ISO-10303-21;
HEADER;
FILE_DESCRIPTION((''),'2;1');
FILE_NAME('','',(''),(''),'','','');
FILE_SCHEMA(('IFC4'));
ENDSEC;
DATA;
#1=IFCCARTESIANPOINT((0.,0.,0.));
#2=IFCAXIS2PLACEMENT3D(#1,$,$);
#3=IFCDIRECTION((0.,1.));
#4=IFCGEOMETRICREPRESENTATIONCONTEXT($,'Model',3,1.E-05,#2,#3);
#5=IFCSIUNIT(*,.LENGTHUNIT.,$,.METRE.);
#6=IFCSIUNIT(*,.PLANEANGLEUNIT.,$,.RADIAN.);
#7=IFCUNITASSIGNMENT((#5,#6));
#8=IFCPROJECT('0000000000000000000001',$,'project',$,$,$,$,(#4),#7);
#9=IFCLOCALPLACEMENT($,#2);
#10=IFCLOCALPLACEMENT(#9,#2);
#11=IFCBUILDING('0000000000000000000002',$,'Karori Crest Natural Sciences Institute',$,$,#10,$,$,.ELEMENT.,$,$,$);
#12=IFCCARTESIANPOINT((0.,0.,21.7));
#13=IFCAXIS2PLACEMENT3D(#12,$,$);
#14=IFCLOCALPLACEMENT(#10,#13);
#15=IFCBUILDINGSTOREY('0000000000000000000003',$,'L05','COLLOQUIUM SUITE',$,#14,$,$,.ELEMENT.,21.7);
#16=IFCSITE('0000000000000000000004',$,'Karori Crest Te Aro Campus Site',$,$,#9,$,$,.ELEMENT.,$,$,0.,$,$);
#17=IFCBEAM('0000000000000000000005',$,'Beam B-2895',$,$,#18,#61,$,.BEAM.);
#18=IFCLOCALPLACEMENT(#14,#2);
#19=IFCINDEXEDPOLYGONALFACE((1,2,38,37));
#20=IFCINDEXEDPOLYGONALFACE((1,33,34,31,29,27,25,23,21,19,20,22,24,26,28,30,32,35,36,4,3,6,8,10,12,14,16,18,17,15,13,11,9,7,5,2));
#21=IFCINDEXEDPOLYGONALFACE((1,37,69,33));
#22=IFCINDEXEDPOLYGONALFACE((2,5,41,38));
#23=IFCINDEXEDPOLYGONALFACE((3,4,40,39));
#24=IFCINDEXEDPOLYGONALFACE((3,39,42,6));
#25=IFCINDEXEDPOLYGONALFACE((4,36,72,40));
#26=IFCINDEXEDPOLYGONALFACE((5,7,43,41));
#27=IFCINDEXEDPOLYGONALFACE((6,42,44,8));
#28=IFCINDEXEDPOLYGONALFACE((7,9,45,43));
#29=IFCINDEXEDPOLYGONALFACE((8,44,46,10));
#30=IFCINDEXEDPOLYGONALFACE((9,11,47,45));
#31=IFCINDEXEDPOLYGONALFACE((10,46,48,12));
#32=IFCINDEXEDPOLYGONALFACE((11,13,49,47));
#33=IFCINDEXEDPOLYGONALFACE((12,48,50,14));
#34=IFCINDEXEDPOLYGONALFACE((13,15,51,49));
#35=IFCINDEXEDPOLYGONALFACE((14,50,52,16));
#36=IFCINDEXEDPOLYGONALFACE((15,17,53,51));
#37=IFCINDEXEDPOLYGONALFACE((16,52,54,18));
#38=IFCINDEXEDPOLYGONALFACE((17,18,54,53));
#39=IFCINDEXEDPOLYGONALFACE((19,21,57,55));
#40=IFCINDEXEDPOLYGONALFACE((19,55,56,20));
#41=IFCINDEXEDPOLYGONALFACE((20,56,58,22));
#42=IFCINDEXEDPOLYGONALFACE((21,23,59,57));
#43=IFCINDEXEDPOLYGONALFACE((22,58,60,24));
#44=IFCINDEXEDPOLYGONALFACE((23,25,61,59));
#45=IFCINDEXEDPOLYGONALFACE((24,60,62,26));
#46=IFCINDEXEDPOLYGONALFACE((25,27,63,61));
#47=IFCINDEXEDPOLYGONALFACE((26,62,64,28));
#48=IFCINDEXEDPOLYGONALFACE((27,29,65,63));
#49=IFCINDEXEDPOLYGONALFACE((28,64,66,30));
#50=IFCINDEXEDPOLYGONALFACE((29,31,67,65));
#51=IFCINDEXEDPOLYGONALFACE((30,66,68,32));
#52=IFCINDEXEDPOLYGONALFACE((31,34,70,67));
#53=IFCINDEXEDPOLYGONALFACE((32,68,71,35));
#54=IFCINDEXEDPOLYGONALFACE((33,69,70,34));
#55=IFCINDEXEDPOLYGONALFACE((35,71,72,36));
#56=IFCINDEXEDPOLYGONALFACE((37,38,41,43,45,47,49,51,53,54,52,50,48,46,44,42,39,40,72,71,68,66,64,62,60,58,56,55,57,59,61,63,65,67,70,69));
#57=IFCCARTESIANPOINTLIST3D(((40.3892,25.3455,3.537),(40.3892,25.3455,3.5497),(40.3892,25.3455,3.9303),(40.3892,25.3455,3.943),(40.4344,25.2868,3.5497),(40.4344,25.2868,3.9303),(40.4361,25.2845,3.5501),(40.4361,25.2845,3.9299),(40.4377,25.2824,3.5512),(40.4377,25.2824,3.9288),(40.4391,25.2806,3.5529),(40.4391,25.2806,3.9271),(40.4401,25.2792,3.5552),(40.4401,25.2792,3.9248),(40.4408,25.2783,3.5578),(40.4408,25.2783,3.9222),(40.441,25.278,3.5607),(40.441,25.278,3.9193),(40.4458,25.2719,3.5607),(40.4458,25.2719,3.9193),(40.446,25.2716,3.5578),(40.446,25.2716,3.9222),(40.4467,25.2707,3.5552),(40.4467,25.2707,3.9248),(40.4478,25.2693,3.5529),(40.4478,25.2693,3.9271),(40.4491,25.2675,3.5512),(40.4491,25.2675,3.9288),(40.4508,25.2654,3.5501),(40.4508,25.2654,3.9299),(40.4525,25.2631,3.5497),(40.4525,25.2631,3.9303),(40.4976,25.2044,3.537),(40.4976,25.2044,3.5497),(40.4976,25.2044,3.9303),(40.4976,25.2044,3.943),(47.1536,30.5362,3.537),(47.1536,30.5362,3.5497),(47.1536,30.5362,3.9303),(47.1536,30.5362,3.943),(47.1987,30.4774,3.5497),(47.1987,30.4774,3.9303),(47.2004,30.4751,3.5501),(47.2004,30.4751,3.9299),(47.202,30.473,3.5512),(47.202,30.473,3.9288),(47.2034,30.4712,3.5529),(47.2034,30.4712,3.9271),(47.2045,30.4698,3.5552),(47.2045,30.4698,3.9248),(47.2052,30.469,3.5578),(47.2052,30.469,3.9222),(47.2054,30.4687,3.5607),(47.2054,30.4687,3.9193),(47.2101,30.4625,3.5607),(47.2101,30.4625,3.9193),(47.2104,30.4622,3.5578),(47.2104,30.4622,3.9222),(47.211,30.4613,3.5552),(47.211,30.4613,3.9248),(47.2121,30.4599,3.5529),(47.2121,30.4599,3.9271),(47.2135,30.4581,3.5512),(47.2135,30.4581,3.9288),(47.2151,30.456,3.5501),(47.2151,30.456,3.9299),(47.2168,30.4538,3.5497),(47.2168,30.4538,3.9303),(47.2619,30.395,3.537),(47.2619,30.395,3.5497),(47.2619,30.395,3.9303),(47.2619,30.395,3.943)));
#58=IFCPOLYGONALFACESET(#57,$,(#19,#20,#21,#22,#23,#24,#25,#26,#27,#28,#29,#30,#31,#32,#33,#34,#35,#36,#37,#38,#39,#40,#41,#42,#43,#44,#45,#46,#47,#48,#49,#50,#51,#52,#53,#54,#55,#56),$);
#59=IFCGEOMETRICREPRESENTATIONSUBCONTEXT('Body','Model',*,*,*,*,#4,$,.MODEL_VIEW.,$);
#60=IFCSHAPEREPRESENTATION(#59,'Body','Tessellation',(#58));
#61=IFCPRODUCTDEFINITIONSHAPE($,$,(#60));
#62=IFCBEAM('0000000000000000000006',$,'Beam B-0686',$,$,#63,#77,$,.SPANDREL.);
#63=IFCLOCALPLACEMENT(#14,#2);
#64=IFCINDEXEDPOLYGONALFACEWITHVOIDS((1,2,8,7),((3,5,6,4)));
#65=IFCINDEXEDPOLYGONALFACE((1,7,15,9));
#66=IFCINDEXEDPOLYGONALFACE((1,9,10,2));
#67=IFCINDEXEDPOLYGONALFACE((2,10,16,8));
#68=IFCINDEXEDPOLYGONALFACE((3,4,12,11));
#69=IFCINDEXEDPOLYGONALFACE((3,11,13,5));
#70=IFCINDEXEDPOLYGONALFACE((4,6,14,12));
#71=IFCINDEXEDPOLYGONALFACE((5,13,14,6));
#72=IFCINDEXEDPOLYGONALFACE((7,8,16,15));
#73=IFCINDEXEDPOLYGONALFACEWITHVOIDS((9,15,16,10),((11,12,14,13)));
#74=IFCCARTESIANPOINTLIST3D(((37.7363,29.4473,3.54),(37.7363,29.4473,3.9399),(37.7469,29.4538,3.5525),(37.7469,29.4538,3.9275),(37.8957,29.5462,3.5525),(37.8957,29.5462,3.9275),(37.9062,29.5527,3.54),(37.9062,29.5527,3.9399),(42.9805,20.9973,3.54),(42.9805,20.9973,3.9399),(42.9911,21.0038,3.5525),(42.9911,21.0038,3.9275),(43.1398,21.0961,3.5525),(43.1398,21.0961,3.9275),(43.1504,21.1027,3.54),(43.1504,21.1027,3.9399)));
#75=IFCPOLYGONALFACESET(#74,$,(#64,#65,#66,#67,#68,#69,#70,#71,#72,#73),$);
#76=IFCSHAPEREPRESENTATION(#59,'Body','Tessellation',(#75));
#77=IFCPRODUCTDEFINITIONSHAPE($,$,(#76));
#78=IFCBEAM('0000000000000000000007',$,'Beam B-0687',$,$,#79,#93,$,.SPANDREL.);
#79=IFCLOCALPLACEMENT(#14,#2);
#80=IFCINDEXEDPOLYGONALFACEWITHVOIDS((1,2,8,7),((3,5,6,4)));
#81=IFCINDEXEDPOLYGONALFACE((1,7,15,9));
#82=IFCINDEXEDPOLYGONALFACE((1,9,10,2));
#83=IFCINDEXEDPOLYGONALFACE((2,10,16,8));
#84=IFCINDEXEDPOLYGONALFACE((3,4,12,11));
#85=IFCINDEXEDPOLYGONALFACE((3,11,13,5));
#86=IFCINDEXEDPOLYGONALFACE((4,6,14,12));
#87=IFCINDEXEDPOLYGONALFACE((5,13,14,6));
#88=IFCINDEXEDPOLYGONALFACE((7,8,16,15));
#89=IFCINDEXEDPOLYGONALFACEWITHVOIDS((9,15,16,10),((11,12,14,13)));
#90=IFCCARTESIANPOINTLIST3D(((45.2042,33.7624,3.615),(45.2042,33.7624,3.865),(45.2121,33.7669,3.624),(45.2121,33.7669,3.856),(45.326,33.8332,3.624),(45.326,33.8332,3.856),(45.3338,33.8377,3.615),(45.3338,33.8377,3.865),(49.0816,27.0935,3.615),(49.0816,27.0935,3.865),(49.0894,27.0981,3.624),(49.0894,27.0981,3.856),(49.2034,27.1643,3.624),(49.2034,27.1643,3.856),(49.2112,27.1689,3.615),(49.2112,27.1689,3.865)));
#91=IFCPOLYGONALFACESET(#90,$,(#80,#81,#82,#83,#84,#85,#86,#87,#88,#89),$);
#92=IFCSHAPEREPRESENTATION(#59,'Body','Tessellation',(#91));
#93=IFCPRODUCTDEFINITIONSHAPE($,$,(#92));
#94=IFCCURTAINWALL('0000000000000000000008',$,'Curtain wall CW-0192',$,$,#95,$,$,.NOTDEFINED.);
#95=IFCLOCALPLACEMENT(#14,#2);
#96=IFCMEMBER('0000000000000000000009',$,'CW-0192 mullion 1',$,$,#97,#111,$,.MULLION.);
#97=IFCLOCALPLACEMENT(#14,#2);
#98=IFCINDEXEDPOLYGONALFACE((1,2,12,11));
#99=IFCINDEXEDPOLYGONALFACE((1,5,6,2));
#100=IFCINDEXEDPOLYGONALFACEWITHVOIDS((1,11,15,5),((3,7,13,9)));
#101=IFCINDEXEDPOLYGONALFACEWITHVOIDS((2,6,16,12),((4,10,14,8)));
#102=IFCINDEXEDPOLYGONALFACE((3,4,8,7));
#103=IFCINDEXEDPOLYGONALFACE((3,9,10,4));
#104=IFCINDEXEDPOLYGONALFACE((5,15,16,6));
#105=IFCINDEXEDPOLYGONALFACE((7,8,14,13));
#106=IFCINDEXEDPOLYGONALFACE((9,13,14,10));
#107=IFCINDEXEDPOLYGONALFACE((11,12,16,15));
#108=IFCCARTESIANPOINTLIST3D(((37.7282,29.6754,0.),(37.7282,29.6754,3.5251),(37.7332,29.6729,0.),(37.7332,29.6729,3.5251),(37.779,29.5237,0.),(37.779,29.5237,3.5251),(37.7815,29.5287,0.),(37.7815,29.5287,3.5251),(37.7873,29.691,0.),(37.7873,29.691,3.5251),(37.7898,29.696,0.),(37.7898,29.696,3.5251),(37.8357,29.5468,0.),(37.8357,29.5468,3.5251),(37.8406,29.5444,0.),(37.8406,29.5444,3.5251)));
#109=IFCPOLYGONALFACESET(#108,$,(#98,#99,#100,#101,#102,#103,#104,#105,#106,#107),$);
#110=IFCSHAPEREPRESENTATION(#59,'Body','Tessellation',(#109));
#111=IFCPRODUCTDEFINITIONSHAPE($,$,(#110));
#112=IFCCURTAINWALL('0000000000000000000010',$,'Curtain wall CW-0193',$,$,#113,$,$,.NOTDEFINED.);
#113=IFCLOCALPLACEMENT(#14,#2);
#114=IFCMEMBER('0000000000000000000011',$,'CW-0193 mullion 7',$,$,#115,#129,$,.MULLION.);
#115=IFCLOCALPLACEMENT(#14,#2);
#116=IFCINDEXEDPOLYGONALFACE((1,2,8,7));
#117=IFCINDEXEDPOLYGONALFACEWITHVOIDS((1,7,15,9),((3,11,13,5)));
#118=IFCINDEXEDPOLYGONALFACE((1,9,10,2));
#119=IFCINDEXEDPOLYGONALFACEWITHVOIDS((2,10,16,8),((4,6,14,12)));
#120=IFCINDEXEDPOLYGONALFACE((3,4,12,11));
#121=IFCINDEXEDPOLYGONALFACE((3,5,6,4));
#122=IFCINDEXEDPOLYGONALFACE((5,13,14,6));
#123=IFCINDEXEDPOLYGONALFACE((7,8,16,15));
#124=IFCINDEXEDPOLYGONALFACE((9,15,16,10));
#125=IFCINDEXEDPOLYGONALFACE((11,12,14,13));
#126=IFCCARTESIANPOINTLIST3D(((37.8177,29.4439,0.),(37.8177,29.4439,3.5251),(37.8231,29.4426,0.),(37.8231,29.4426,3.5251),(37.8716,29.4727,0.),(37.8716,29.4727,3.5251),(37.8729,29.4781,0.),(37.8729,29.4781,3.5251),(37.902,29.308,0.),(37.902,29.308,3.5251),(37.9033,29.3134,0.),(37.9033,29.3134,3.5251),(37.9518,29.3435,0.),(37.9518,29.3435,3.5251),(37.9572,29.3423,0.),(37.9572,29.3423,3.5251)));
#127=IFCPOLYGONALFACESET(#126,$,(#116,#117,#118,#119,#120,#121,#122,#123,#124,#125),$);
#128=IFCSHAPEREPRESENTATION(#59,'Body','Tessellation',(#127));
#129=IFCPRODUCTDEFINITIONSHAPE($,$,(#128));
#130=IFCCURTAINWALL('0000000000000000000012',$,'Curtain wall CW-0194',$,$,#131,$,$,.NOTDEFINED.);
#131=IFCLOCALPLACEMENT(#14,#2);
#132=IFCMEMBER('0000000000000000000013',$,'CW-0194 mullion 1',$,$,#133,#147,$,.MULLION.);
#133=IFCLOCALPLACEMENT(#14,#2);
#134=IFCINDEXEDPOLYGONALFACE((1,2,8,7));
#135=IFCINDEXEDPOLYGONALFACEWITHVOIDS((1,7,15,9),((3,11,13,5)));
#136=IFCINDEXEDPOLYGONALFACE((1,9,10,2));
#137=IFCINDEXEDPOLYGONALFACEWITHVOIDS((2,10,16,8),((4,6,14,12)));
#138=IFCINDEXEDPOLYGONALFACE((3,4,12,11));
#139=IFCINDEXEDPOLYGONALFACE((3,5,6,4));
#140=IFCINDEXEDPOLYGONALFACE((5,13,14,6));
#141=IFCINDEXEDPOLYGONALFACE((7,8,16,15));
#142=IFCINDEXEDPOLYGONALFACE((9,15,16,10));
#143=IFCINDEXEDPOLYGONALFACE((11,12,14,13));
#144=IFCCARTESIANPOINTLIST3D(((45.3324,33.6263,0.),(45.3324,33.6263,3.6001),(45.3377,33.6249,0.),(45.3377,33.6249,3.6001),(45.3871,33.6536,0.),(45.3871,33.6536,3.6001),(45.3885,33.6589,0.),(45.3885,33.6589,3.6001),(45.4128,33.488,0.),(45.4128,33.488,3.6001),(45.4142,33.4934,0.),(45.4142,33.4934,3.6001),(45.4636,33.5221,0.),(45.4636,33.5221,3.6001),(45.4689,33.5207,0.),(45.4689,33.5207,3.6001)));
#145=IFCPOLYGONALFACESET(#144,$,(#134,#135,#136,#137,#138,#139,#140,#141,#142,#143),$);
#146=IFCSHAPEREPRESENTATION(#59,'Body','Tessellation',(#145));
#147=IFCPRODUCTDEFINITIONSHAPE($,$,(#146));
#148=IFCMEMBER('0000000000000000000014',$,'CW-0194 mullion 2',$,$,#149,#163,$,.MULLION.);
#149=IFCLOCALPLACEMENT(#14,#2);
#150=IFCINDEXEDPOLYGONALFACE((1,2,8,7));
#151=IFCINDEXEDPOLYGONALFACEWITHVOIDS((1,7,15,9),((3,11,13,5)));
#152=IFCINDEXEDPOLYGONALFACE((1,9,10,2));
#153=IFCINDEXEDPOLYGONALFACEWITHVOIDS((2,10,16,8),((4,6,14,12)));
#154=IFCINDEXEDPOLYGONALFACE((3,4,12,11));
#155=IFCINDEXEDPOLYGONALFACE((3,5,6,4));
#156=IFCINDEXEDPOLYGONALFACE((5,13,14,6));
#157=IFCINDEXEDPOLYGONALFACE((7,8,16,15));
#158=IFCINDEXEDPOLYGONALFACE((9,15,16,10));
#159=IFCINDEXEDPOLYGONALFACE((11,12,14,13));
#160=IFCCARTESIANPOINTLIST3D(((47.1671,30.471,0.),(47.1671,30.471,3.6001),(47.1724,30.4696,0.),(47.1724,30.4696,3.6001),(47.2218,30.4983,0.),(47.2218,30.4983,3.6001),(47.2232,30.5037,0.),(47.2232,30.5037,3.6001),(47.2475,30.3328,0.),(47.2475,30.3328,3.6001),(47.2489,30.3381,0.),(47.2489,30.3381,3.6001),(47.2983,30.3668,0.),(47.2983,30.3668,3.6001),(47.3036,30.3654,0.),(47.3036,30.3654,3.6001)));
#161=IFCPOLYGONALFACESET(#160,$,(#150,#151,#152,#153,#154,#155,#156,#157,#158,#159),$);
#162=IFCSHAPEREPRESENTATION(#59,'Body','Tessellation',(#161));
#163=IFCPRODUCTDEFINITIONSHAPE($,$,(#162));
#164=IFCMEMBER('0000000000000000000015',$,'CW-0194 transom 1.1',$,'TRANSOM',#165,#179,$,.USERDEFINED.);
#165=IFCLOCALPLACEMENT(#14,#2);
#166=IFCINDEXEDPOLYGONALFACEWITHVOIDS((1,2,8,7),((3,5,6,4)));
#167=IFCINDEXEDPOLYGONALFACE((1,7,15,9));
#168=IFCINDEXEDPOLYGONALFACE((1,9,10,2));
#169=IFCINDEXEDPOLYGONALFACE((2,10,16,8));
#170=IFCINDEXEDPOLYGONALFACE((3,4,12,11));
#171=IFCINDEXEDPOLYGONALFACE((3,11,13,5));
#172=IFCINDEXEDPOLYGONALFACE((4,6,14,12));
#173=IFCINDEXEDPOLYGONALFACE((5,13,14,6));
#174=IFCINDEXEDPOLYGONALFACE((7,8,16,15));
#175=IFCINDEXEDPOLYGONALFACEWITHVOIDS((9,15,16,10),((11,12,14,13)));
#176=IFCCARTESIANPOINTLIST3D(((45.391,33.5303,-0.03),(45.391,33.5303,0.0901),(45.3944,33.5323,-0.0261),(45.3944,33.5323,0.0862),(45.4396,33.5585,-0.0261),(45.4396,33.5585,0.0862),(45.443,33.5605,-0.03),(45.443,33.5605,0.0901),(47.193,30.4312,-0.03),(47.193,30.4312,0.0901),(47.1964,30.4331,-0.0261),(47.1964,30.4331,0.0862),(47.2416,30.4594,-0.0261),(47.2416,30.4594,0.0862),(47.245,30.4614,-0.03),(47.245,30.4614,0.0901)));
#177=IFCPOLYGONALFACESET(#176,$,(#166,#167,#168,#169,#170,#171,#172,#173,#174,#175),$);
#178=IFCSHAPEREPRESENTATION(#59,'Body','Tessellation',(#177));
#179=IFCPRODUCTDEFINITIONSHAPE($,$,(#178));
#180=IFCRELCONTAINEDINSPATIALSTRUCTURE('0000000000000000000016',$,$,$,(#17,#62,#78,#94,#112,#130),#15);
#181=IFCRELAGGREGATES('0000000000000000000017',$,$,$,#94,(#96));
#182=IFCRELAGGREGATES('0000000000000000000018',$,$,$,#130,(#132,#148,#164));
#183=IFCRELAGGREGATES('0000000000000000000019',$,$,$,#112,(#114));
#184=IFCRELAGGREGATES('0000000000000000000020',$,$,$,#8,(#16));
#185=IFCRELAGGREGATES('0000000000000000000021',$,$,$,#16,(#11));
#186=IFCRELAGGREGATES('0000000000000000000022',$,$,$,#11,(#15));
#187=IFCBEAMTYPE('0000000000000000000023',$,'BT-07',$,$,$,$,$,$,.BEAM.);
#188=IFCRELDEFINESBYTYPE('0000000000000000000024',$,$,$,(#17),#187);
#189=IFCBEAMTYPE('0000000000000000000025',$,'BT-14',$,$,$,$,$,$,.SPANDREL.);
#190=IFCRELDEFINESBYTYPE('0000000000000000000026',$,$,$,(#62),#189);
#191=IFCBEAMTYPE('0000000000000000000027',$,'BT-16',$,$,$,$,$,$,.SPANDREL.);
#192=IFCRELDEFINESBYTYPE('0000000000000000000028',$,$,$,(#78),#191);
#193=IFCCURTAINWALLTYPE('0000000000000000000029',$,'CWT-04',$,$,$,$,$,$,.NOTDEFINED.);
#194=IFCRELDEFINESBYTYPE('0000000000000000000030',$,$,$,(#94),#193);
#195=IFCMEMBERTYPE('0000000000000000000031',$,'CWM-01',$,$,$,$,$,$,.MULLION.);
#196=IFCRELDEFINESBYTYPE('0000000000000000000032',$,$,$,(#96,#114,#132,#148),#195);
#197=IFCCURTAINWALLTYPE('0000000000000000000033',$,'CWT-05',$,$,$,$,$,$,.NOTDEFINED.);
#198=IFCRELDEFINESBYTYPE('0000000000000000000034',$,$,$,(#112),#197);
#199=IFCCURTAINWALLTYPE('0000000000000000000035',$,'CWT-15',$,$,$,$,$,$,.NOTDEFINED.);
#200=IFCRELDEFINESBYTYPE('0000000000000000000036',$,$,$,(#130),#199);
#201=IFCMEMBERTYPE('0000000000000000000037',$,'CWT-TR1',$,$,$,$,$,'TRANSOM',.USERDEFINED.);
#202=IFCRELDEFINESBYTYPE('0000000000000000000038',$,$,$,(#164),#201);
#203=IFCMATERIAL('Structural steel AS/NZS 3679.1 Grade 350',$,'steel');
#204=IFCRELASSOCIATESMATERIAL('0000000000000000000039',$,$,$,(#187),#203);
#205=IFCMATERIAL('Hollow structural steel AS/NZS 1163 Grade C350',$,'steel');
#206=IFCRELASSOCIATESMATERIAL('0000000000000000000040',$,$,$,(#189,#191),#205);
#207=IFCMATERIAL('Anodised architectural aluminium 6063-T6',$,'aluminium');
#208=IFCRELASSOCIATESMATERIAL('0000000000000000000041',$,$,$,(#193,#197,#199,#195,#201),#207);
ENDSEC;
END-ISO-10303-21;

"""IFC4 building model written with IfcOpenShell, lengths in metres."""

from ifc_helpers import new_model, si_unit, direction, frame, origin, origin_2d, place, context, subcontext, project, spatial, hollow_rectangle, i_section, extrude, material, material_profile, profile_set, type_object, element, aggregate, save


model = new_model("IFC4")

# Units and contexts
model_context = context("Model", 3, precision=1e-05, world=origin(), true_north=direction((0.0, 1.0)))
body_context = subcontext(model_context, "Body", "Model", "MODEL_VIEW")
ifc_project = project(units=[si_unit("LENGTHUNIT", "METRE"), si_unit("PLANEANGLEUNIT", "RADIAN")], contexts=[model_context])

# Site, building, storey
site_placement = place(None, origin())
site = spatial("IfcSite", under=ifc_project, at=site_placement, Name="Karori Crest Te Aro Campus Site", CompositionType="ELEMENT", RefElevation=0.0)
building_placement = place(site_placement, origin())
building = spatial("IfcBuilding", under=site, at=building_placement, Name="Karori Crest Natural Sciences Institute", CompositionType="ELEMENT")
storey_placement = place(building_placement, frame((0.0, 0.0, 21.7)))
storey = spatial("IfcBuildingStorey", under=building, at=storey_placement, Name="L05", Description="COLLOQUIUM SUITE", CompositionType="ELEMENT", Elevation=21.7)

# Shared definitions
ifc_material_1 = material(Name="Structural steel AS/NZS 3679.1 Grade 350", Category="steel")

# Beams
ifc_material_profile_1 = material_profile(ifc_material_1, i_section(OverallWidth=0.178, OverallDepth=0.406, WebThickness=0.0078, FlangeThickness=0.0127, FilletRadius=0.011, at=origin_2d()), Name="410UB59.7")
ifc_profile_set_1 = profile_set([ifc_material_profile_1], Name="Structural steel AS/NZS 3679.1 Grade 350")
beam_type_1 = type_object("IfcBeamType", Name="BT-07", PredefinedType="BEAM", material=ifc_profile_set_1)
for number, where, z_axis, x_axis, name in (
    (1, (47.2078, 30.4656, 3.74), (-0.793344, -0.608774, 0.0), (0.608774, -0.793344, 0.0), "Beam B-2895"),
):
    element("IfcBeam", number, at=place(storey_placement, frame(where, z_axis=z_axis, x_axis=x_axis)), inside=storey, type_object=beam_type_1, Name=name, PredefinedType="BEAM", context=body_context, shape_type="SweptSolid", body=[
        extrude(i_section(OverallWidth=0.178, OverallDepth=0.406, WebThickness=0.0078, FlangeThickness=0.0127, FilletRadius=0.011, at=origin_2d()), origin(), (0.0, 0.0, 1.0), 8.5264),
    ])
ifc_material_2 = material(Name="Hollow structural steel AS/NZS 1163 Grade C350", Category="steel")
ifc_material_profile_2 = material_profile(ifc_material_2, hollow_rectangle(XDim=0.2, YDim=0.3999, WallThickness=0.0125, at=origin_2d()), Name="RHS400x200x12.5")
ifc_profile_set_2 = profile_set([ifc_material_profile_2], Name="Hollow structural steel AS/NZS 1163 Grade C350")
beam_type_2 = type_object("IfcBeamType", Name="BT-14", PredefinedType="SPANDREL", material=ifc_profile_set_2)
beam_1_placement = place(storey_placement, frame((37.8213, 29.5, 3.74), z_axis=(0.527315, -0.84967, 0.0), x_axis=(0.84967, 0.527315, 0.0)))
element("IfcBeam", 2, at=beam_1_placement, inside=storey, type_object=beam_type_2, Name="Beam B-0686", PredefinedType="SPANDREL", context=body_context, shape_type="SweptSolid", body=[
    extrude(hollow_rectangle(XDim=0.2, YDim=0.3999, WallThickness=0.0125, at=origin_2d()), origin(), (0.0, 0.0, 1.0), 9.9451),
])
ifc_material_profile_3 = material_profile(ifc_material_2, hollow_rectangle(XDim=0.1499, YDim=0.25, WallThickness=0.009, at=origin_2d()), Name="RHS250x150x9")
ifc_profile_set_3 = profile_set([ifc_material_profile_3], Name="Hollow structural steel AS/NZS 1163 Grade C350")
beam_type_3 = type_object("IfcBeamType", Name="BT-16", PredefinedType="SPANDREL", material=ifc_profile_set_3)
beam_2_placement = place(storey_placement, frame((45.269, 33.8, 3.74), z_axis=(0.502635, -0.864499, 0.0), x_axis=(0.864499, 0.502635, 0.0)))
element("IfcBeam", 3, at=beam_2_placement, inside=storey, type_object=beam_type_3, Name="Beam B-0687", PredefinedType="SPANDREL", context=body_context, shape_type="SweptSolid", body=[
    extrude(hollow_rectangle(XDim=0.1499, YDim=0.25, WallThickness=0.009, at=origin_2d()), origin(), (0.0, 0.0, 1.0), 7.7141),
])

# Curtain walls, members
ifc_material_3 = material(Name="Anodised architectural aluminium 6063-T6", Category="aluminium")
curtain_wall_type_1 = type_object("IfcCurtainWallType", Name="CWT-04", PredefinedType="NOTDEFINED", material=ifc_material_3)
curtain_wall_1_placement = place(storey_placement, origin())
curtain_wall_1 = element("IfcCurtainWall", 4, at=curtain_wall_1_placement, inside=storey, type_object=curtain_wall_type_1, Name="Curtain wall CW-0192", PredefinedType="NOTDEFINED")
ifc_material_profile_4 = material_profile(ifc_material_3, hollow_rectangle(XDim=0.0649, YDim=0.1599, WallThickness=0.0039, at=origin_2d()), Name="CWM160x65x4")
ifc_profile_set_4 = profile_set([ifc_material_profile_4], Name="Anodised architectural aluminium 6063-T6")
member_type_1 = type_object("IfcMemberType", Name="CWM-01", PredefinedType="MULLION", material=ifc_profile_set_4)
member_1_placement = place(storey_placement, frame((37.7844, 29.6099, 0.0), z_axis=(0.0, 0.0, 1.0), x_axis=(-0.948198, -0.31768, 0.0)))
member_1 = element("IfcMember", 5, at=member_1_placement, type_object=member_type_1, Name="CW-0192 mullion 1", PredefinedType="MULLION", context=body_context, shape_type="SweptSolid", body=[
    extrude(hollow_rectangle(XDim=0.0649, YDim=0.1599, WallThickness=0.0039, at=origin_2d()), origin(), (0.0, 0.0, 1.0), 3.5251),
])
aggregate(curtain_wall_1, [member_1])
curtain_wall_type_2 = type_object("IfcCurtainWallType", Name="CWT-05", PredefinedType="NOTDEFINED", material=ifc_material_3)
curtain_wall_2_placement = place(storey_placement, origin())
curtain_wall_2 = element("IfcCurtainWall", 6, at=curtain_wall_2_placement, inside=storey, type_object=curtain_wall_type_2, Name="Curtain wall CW-0193", PredefinedType="NOTDEFINED")
member_2_placement = place(storey_placement, frame((37.8875, 29.3931, 0.0), z_axis=(0.0, 0.0, 1.0), x_axis=(-0.849662, -0.527328, 0.0)))
member_2 = element("IfcMember", 7, at=member_2_placement, type_object=member_type_1, Name="CW-0193 mullion 7", PredefinedType="MULLION", context=body_context, shape_type="SweptSolid", body=[
    extrude(hollow_rectangle(XDim=0.0649, YDim=0.1599, WallThickness=0.0039, at=origin_2d()), origin(), (0.0, 0.0, 1.0), 3.5251),
])

# Curtain wall, members
curtain_wall_type_3 = type_object("IfcCurtainWallType", Name="CWT-15", PredefinedType="NOTDEFINED", material=ifc_material_3)
curtain_wall_3_placement = place(storey_placement, origin())
curtain_wall_3 = element("IfcCurtainWall", 8, at=curtain_wall_3_placement, inside=storey, type_object=curtain_wall_type_3, Name="Curtain wall CW-0194", PredefinedType="NOTDEFINED")
member_3_placement = place(storey_placement, frame((45.4006, 33.5735, 0.0), z_axis=(0.0, 0.0, 1.0), x_axis=(0.864487, 0.502655, 0.0)))
member_3 = element("IfcMember", 9, at=member_3_placement, type_object=member_type_1, Name="CW-0194 mullion 1", PredefinedType="MULLION", context=body_context, shape_type="SweptSolid", body=[
    extrude(hollow_rectangle(XDim=0.0649, YDim=0.1599, WallThickness=0.0039, at=origin_2d()), origin(), (0.0, 0.0, 1.0), 3.6001),
])
member_4_placement = place(storey_placement, frame((47.2354, 30.4182, 0.0), z_axis=(0.0, 0.0, 1.0), x_axis=(0.864487, 0.502655, 0.0)))
member_4 = element("IfcMember", 10, at=member_4_placement, type_object=member_type_1, Name="CW-0194 mullion 2", PredefinedType="MULLION", context=body_context, shape_type="SweptSolid", body=[
    extrude(hollow_rectangle(XDim=0.0649, YDim=0.1599, WallThickness=0.0039, at=origin_2d()), origin(), (0.0, 0.0, 1.0), 3.6001),
])
ifc_material_profile_5 = material_profile(ifc_material_3, hollow_rectangle(XDim=0.0601, YDim=0.1201, WallThickness=0.0039, at=origin_2d()), Name="CWT120x60x4")
ifc_profile_set_5 = profile_set([ifc_material_profile_5], Name="Anodised architectural aluminium 6063-T6")
member_type_2 = type_object("IfcMemberType", Name="CWT-TR1", ElementType="TRANSOM", PredefinedType="USERDEFINED", material=ifc_profile_set_5)
member_5_placement = place(storey_placement, frame((45.417, 33.5454, 0.03), z_axis=(0.50266, -0.864484, 0.0), x_axis=(0.864484, 0.50266, 0.0)))
member_5 = element("IfcMember", 11, at=member_5_placement, type_object=member_type_2, Name="CW-0194 transom 1.1", ObjectType="TRANSOM", PredefinedType="USERDEFINED", context=body_context, shape_type="SweptSolid", body=[
    extrude(hollow_rectangle(XDim=0.0601, YDim=0.1201, WallThickness=0.0039, at=origin_2d()), origin(), (0.0, 0.0, 1.0), 3.585),
])

aggregate(curtain_wall_3, [member_3, member_4, member_5])
aggregate(curtain_wall_2, [member_2])

save(model, "model.ifc")
